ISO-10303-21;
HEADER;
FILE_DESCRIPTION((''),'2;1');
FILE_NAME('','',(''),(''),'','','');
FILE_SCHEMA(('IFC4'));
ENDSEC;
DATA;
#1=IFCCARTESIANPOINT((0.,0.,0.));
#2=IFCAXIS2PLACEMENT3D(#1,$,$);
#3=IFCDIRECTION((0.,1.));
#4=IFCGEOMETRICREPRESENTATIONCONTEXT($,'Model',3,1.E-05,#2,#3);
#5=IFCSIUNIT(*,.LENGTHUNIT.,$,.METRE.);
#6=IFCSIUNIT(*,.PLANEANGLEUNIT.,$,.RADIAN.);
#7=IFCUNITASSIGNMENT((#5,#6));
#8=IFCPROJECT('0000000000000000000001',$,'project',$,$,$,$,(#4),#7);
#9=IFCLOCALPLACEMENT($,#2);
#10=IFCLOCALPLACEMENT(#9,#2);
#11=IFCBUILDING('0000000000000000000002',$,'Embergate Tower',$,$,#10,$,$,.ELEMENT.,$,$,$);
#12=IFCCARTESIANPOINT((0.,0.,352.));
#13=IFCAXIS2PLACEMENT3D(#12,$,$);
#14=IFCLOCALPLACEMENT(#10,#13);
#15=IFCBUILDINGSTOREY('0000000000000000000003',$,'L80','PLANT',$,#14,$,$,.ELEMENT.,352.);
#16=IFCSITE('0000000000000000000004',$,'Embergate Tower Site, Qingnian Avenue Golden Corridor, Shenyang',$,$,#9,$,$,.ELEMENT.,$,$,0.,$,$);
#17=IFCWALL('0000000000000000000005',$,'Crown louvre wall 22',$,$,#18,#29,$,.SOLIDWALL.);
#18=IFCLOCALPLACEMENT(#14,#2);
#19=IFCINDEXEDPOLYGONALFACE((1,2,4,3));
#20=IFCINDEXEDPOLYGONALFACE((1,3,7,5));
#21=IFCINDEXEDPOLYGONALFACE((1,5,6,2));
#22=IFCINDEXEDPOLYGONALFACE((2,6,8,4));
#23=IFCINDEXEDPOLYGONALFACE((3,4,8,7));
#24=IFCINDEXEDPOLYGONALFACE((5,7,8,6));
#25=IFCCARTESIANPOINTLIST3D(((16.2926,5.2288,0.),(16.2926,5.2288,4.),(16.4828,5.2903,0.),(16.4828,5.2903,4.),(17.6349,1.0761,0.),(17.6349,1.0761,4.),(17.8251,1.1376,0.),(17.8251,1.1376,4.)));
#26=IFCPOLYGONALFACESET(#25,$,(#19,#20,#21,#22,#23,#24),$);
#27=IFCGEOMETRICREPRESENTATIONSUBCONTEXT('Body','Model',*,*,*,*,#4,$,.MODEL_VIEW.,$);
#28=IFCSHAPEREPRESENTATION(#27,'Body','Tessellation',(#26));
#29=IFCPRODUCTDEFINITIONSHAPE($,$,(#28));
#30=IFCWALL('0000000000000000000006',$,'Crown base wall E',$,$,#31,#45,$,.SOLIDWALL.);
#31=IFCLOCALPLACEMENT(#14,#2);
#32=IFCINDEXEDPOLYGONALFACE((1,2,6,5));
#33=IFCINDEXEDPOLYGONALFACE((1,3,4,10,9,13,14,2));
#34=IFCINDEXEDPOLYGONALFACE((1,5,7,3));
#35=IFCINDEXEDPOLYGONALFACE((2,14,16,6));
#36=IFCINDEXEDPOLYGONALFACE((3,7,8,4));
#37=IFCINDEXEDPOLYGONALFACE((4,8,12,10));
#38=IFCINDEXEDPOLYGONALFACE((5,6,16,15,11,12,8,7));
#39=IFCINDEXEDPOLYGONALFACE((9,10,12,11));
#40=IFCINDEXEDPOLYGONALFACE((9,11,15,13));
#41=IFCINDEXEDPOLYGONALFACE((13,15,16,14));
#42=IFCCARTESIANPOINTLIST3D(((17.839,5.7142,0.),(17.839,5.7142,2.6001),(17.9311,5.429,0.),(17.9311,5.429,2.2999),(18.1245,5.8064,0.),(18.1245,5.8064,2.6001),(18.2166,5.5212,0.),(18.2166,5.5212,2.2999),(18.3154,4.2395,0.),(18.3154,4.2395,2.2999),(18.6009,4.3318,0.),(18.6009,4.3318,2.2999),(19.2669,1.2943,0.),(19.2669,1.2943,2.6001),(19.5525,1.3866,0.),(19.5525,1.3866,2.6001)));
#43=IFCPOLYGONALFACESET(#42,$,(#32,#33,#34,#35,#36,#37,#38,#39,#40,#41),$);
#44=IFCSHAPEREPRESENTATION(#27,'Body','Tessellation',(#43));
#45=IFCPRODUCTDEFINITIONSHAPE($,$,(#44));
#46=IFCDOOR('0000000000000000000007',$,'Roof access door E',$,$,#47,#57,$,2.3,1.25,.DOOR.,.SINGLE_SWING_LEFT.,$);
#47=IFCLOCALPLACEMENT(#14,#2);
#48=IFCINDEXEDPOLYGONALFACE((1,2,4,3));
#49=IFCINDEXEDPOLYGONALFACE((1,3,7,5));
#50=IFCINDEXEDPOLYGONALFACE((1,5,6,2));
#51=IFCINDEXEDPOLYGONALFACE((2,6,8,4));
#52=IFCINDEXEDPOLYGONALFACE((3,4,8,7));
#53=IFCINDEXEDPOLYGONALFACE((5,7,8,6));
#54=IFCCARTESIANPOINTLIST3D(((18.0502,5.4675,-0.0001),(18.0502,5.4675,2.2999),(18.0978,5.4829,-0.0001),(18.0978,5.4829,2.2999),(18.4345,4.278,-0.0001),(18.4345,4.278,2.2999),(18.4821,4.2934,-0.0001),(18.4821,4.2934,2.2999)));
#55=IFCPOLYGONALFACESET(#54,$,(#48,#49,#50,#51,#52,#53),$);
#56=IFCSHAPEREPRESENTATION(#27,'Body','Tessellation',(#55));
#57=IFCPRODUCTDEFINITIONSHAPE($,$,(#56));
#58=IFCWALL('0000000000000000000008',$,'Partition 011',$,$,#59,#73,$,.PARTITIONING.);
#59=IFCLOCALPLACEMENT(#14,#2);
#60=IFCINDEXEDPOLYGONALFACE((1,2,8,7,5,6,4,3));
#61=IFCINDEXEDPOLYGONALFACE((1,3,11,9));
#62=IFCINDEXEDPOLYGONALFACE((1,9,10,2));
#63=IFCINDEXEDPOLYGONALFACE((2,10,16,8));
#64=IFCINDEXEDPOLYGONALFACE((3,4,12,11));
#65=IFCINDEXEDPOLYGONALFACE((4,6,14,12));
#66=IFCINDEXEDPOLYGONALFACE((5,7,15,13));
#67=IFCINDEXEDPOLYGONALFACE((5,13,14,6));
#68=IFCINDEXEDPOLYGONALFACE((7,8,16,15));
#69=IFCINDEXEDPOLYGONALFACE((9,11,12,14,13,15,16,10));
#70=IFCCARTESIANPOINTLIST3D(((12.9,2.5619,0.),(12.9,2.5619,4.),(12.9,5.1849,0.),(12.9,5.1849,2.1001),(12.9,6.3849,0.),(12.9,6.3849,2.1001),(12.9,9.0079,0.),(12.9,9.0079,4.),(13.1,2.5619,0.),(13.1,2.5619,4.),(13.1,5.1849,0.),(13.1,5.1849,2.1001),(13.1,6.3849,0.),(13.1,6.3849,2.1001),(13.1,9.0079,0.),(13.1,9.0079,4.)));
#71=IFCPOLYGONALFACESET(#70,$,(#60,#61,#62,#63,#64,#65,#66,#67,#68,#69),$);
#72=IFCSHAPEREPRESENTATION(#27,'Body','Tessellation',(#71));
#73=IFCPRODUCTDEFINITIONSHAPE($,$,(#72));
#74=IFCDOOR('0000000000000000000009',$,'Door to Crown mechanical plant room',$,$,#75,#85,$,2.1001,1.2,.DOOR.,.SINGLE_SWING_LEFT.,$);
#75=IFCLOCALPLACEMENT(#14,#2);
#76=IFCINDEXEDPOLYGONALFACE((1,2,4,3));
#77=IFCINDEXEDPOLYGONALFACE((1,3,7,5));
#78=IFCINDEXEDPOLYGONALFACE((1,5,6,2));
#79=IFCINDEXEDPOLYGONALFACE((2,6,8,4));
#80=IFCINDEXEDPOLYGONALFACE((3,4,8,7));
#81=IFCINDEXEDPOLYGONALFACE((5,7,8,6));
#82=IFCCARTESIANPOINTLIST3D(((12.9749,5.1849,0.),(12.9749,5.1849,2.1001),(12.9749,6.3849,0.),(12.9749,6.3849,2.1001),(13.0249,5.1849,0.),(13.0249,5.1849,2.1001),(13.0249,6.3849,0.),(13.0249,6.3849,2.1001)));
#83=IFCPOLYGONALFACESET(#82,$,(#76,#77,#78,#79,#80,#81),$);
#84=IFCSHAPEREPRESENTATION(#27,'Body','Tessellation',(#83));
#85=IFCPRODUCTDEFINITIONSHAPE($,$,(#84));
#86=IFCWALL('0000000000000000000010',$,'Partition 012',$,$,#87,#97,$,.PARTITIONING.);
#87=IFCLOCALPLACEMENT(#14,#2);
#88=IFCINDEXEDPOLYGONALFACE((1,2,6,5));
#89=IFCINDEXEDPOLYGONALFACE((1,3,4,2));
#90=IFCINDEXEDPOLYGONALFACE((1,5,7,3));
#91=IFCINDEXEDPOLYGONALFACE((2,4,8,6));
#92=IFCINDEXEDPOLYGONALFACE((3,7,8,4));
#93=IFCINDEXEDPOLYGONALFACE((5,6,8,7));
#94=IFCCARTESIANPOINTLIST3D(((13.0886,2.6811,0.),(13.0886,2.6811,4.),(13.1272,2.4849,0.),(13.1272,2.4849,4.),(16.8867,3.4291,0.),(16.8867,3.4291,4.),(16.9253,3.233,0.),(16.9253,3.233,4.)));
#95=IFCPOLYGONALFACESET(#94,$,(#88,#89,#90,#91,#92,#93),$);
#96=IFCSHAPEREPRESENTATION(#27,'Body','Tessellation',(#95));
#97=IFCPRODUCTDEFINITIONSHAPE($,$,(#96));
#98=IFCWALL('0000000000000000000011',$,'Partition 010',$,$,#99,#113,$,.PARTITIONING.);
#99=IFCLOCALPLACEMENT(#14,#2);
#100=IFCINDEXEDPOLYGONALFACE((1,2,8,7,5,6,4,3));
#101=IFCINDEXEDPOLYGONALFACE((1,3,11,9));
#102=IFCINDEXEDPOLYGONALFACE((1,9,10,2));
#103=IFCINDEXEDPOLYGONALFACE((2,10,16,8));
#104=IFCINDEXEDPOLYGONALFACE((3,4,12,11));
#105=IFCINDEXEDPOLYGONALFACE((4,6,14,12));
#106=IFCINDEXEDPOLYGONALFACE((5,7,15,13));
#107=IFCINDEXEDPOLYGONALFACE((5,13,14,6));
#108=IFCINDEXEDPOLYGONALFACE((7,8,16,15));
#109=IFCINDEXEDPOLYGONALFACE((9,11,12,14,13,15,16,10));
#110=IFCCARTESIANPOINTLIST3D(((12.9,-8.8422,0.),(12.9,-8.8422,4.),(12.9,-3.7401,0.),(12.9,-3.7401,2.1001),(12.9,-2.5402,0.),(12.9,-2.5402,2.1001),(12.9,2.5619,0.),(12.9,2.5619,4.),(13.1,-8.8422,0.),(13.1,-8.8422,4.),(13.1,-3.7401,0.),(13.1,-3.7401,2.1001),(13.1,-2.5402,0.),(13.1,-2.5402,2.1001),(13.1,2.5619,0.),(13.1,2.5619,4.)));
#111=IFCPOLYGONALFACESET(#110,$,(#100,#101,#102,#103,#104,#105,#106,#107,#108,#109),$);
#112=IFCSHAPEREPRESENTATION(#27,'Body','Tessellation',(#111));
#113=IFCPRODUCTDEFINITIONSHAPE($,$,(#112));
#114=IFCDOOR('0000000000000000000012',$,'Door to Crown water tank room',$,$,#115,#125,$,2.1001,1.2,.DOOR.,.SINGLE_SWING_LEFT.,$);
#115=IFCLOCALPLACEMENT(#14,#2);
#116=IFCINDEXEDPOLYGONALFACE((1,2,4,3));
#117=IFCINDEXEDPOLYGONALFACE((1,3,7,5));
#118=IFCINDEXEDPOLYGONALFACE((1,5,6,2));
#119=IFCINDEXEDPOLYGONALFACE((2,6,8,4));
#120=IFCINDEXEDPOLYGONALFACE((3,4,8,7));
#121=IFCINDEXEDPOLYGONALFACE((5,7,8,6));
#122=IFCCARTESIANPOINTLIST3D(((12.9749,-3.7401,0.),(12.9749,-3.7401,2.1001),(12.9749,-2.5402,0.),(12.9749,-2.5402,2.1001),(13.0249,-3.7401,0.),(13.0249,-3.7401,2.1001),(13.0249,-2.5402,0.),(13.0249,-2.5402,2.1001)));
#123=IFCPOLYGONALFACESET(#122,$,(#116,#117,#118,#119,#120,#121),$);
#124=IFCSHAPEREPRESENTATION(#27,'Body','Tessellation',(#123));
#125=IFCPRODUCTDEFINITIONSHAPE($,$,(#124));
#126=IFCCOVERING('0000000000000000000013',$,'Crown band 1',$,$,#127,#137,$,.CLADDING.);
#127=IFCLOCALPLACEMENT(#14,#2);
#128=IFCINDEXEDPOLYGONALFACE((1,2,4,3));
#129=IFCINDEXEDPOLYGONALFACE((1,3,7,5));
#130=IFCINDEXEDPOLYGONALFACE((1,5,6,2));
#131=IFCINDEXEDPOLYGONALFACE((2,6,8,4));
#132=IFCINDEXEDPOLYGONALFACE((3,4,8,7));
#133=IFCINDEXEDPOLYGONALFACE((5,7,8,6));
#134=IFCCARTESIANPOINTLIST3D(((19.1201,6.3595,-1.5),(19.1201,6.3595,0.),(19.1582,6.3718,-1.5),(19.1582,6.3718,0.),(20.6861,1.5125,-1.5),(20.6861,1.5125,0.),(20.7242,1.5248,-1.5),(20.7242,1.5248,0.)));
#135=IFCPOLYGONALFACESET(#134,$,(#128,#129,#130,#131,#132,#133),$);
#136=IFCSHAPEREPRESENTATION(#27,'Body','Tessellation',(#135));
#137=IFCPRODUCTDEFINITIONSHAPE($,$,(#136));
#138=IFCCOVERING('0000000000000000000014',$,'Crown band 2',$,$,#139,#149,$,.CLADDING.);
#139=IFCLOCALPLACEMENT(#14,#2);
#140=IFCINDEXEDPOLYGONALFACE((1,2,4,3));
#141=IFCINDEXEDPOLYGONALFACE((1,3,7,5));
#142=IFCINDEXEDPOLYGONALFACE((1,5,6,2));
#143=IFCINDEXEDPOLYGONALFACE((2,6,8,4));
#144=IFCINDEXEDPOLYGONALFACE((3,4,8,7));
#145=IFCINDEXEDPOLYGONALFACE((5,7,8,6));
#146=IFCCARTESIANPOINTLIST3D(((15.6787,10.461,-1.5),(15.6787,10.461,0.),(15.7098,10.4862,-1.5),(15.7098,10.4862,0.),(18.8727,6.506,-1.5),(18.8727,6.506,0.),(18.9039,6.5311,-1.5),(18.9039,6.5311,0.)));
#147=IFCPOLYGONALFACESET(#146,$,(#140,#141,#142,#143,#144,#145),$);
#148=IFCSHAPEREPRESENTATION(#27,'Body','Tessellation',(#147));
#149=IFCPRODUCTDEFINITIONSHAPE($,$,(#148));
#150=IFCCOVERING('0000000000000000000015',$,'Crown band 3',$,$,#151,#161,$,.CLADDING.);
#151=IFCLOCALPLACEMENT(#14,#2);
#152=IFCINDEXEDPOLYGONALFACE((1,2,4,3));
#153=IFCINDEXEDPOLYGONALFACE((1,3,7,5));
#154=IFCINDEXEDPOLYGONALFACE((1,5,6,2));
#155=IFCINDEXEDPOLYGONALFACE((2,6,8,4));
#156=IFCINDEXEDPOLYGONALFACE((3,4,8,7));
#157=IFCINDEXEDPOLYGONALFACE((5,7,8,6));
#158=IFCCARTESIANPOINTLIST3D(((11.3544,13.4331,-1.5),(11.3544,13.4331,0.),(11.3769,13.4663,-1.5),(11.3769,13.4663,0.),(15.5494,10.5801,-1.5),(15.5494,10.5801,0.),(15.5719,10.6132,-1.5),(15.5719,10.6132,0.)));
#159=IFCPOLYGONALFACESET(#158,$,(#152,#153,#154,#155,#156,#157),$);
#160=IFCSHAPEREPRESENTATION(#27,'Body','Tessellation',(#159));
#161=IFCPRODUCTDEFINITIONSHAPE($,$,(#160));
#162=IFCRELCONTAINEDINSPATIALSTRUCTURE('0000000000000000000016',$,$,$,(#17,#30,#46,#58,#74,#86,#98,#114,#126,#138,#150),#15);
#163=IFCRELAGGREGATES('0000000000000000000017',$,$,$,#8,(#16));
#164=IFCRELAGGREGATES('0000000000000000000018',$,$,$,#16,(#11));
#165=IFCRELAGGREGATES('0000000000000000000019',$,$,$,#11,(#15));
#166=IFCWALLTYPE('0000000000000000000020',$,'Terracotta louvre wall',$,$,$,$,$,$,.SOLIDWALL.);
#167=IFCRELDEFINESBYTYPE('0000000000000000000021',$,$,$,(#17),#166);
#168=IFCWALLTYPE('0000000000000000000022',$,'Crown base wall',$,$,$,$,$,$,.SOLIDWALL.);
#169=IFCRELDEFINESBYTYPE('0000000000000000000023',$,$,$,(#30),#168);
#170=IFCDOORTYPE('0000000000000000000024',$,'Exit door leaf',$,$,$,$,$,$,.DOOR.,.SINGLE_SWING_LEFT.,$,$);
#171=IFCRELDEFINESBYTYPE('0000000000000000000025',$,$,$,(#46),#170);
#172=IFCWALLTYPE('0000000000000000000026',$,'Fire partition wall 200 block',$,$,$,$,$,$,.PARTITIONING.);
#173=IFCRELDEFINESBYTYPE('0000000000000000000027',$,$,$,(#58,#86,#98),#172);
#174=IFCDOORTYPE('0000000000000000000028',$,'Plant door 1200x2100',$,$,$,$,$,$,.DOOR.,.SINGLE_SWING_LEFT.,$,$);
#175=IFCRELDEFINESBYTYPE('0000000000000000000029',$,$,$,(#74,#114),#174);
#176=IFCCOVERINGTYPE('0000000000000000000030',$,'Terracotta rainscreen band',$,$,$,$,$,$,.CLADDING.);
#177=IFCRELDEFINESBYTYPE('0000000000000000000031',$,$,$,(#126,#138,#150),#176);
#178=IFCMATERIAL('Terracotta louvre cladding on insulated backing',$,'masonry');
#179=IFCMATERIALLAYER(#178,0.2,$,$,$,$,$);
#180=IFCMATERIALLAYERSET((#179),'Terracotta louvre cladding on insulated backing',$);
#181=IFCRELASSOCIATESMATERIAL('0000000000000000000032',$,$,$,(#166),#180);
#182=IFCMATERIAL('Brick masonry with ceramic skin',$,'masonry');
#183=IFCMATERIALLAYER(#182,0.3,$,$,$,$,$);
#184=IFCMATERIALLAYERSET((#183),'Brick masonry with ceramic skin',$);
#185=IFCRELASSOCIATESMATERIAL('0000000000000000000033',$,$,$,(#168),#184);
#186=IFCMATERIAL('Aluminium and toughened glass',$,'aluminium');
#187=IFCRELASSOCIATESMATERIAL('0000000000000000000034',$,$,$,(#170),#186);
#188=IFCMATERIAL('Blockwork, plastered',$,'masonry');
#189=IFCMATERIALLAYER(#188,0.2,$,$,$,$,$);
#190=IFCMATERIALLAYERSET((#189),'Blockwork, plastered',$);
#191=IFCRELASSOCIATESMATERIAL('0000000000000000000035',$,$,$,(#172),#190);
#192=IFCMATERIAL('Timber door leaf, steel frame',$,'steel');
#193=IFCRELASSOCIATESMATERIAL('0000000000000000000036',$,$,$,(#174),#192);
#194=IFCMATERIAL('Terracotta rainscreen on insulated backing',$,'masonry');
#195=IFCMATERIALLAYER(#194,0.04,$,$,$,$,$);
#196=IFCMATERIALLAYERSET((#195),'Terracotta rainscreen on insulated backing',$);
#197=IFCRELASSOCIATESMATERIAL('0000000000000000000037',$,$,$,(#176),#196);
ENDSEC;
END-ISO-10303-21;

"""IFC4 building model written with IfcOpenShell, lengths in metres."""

from ifc_helpers import new_model, si_unit, direction, frame, frame_2d, origin, origin_2d, place, context, subcontext, project, spatial, rectangle, extrude, source, transform, mapped, material, layer, layer_set, type_object, element, fill, save


model = new_model("IFC4")

# Units and contexts
model_context = context("Model", 3, precision=1e-05, world=origin(), true_north=direction((0.0, 1.0)))
body_context = subcontext(model_context, "Body", "Model", "MODEL_VIEW")
ifc_project = project(units=[si_unit("LENGTHUNIT", "METRE"), si_unit("PLANEANGLEUNIT", "RADIAN")], contexts=[model_context])

# Site, building, storey
site_placement = place(None, origin())
site = spatial("IfcSite", under=ifc_project, at=site_placement, Name="Embergate Tower Site, Qingnian Avenue Golden Corridor, Shenyang", CompositionType="ELEMENT", RefElevation=0.0)
building_placement = place(site_placement, origin())
building = spatial("IfcBuilding", under=site, at=building_placement, Name="Embergate Tower", CompositionType="ELEMENT")
storey_placement = place(building_placement, frame((0.0, 0.0, 352.0)))
storey = spatial("IfcBuildingStorey", under=building, at=storey_placement, Name="L80", Description="PLANT", CompositionType="ELEMENT", Elevation=352.0)

# Wall
ifc_material_1 = material(Name="Terracotta louvre cladding on insulated backing", Category="masonry")
ifc_layer_1 = layer(ifc_material_1, 0.2)
ifc_layer_set_1 = layer_set([ifc_layer_1], Name="Terracotta louvre cladding on insulated backing")
wall_type_1 = type_object("IfcWallType", Name="Terracotta louvre wall", PredefinedType="SOLIDWALL", material=ifc_layer_set_1)
shared_shape_1 = source(origin(), body_context, "Body", "SweptSolid", [
    extrude(rectangle(XDim=4.3643, YDim=0.2, at=frame_2d((2.1821, 0.0))), origin(), (0.0, 0.0, 1.0), 4.0),
])
wall_1_placement = place(storey_placement, frame((16.3877, 5.2595, 0.0), z_axis=(0.0, 0.0, 1.0), x_axis=(0.307572, -0.951525, 0.0)))
element("IfcWall", 1, at=wall_1_placement, inside=storey, type_object=wall_type_1, Name="Crown louvre wall 22", PredefinedType="SOLIDWALL", context=body_context, shape_type="MappedRepresentation", body=[
    mapped(shared_shape_1, transform((0.0, 0.0, 0.0))),
])

# Walls, openings, doors
ifc_material_2 = material(Name="Brick masonry with ceramic skin", Category="masonry")
ifc_layer_2 = layer(ifc_material_2, 0.3)
ifc_layer_set_2 = layer_set([ifc_layer_2], Name="Brick masonry with ceramic skin")
wall_type_2 = type_object("IfcWallType", Name="Crown base wall", PredefinedType="SOLIDWALL", material=ifc_layer_set_2)
shared_shape_2 = source(origin(), body_context, "Body", "SweptSolid", [
    extrude(rectangle(XDim=4.6448, YDim=0.3, at=frame_2d((2.3223, 0.0))), origin(), (0.0, 0.0, 1.0), 2.6001),
])
wall_2_placement = place(storey_placement, frame((19.4097, 1.3406, 0.0), z_axis=(0.0, 0.0, 1.0), x_axis=(-0.307431, 0.95157, 0.0)))
wall_2 = element("IfcWall", 2, at=wall_2_placement, inside=storey, type_object=wall_type_2, Name="Crown base wall E", PredefinedType="SOLIDWALL", context=body_context, shape_type="MappedRepresentation", body=[
    mapped(shared_shape_2, transform((0.0, 0.0, 0.0))),
])
shared_shape_3 = source(origin(), body_context, "Body", "SweptSolid", [
    extrude(rectangle(XDim=1.25, YDim=2.3, at=frame_2d((0.625, 1.1499))), frame((0.0, 0.1599, 0.0), z_axis=(0.0, -1.0, 0.0), x_axis=(1.0, 0.0, 0.0)), (0.0, 0.0, 1.0), 0.3201),
])
opening_1_placement = place(wall_2_placement, frame((3.095, 0.0, 0.0)))
opening_1 = element("IfcOpeningElement", 3, at=opening_1_placement, cuts=wall_2, PredefinedType="OPENING", context=body_context, shape_type="MappedRepresentation", body=[
    mapped(shared_shape_3, transform((0.0, 0.0, 0.0))),
])
ifc_material_3 = material(Name="Aluminium and toughened glass", Category="aluminium")
door_type_1 = type_object("IfcDoorType", Name="Exit door leaf", OperationType="SINGLE_SWING_LEFT", PredefinedType="DOOR", material=ifc_material_3)
shared_shape_4 = source(origin(), body_context, "Body", "SweptSolid", [
    extrude(rectangle(XDim=1.25, YDim=2.3, at=frame_2d((0.625, 1.1499))), frame((0.0, 0.0249, 0.0), z_axis=(0.0, -1.0, 0.0), x_axis=(1.0, 0.0, 0.0)), (0.0, 0.0, 1.0), 0.05),
])
door_1_placement = place(opening_1_placement, origin())
door_1 = element("IfcDoor", 4, at=door_1_placement, inside=storey, type_object=door_type_1, Name="Roof access door E", OperationType="SINGLE_SWING_LEFT", OverallHeight=2.3, OverallWidth=1.25, PredefinedType="DOOR", context=body_context, shape_type="MappedRepresentation", body=[
    mapped(shared_shape_4, transform((0.0, 0.0, 0.0))),
])
fill(opening_1, door_1)
ifc_material_4 = material(Name="Blockwork, plastered", Category="masonry")
ifc_layer_3 = layer(ifc_material_4, 0.2)
ifc_layer_set_3 = layer_set([ifc_layer_3], Name="Blockwork, plastered")
wall_type_3 = type_object("IfcWallType", Name="Fire partition wall 200 block", PredefinedType="PARTITIONING", material=ifc_layer_set_3)
shared_shape_5 = source(origin(), body_context, "Body", "SweptSolid", [
    extrude(rectangle(XDim=6.446, YDim=0.2, at=frame_2d((3.2231, 0.0))), origin(), (0.0, 0.0, 1.0), 4.0),
])
wall_3_placement = place(storey_placement, frame((13.0, 9.0081, 0.0), z_axis=(0.0, 0.0, 1.0), x_axis=(0.0, -1.0, 0.0)))
wall_3 = element("IfcWall", 5, at=wall_3_placement, inside=storey, type_object=wall_type_3, Name="Partition 011", PredefinedType="PARTITIONING", context=body_context, shape_type="MappedRepresentation", body=[
    mapped(shared_shape_5, transform((0.0, 0.0, 0.0))),
])
shared_shape_6 = source(origin(), body_context, "Body", "SweptSolid", [
    extrude(rectangle(XDim=1.2, YDim=2.1001, at=frame_2d((0.6001, 1.05))), frame((0.0, 0.1099, 0.0), z_axis=(0.0, -1.0, 0.0), x_axis=(1.0, 0.0, 0.0)), (0.0, 0.0, 1.0), 0.22),
])
opening_2_placement = place(wall_3_placement, frame((2.623, 0.0, 0.0)))
opening_2 = element("IfcOpeningElement", 6, at=opening_2_placement, cuts=wall_3, PredefinedType="OPENING", context=body_context, shape_type="MappedRepresentation", body=[
    mapped(shared_shape_6, transform((0.0, 0.0, 0.0))),
])
ifc_material_5 = material(Name="Timber door leaf, steel frame", Category="steel")
door_type_2 = type_object("IfcDoorType", Name="Plant door 1200x2100", OperationType="SINGLE_SWING_LEFT", PredefinedType="DOOR", material=ifc_material_5)
shared_shape_7 = source(origin(), body_context, "Body", "SweptSolid", [
    extrude(rectangle(XDim=1.2, YDim=2.1001, at=frame_2d((0.6001, 1.05))), frame((0.0, 0.0249, 0.0), z_axis=(0.0, -1.0, 0.0), x_axis=(1.0, 0.0, 0.0)), (0.0, 0.0, 1.0), 0.05),
])
door_2_placement = place(opening_2_placement, origin())
door_2 = element("IfcDoor", 7, at=door_2_placement, inside=storey, type_object=door_type_2, Name="Door to Crown mechanical plant room", OperationType="SINGLE_SWING_LEFT", OverallHeight=2.1001, OverallWidth=1.2, PredefinedType="DOOR", context=body_context, shape_type="MappedRepresentation", body=[
    mapped(shared_shape_7, transform((0.0, 0.0, 0.0))),
])
fill(opening_2, door_2)

# Wall
shared_shape_8 = source(origin(), body_context, "Body", "SweptSolid", [
    extrude(rectangle(XDim=3.8711, YDim=0.2, at=frame_2d((1.9355, 0.0))), origin(), (0.0, 0.0, 1.0), 4.0),
])
wall_4_placement = place(storey_placement, frame((16.906, 3.3311, 0.0), z_axis=(0.0, 0.0, 1.0), x_axis=(-0.981151, -0.193241, 0.0)))
element("IfcWall", 8, at=wall_4_placement, inside=storey, type_object=wall_type_3, Name="Partition 012", PredefinedType="PARTITIONING", context=body_context, shape_type="MappedRepresentation", body=[
    mapped(shared_shape_8, transform((0.0, 0.0, 0.0))),
])

# Wall, opening, door
shared_shape_9 = source(origin(), body_context, "Body", "SweptSolid", [
    extrude(rectangle(XDim=11.4041, YDim=0.2, at=frame_2d((5.7021, 0.0))), origin(), (0.0, 0.0, 1.0), 4.0),
])
wall_5_placement = place(storey_placement, frame((13.0, 2.562, 0.0), z_axis=(0.0, 0.0, 1.0), x_axis=(0.0, -1.0, 0.0)))
wall_5 = element("IfcWall", 9, at=wall_5_placement, inside=storey, type_object=wall_type_3, Name="Partition 010", PredefinedType="PARTITIONING", context=body_context, shape_type="MappedRepresentation", body=[
    mapped(shared_shape_9, transform((0.0, 0.0, 0.0))),
])
opening_3_placement = place(wall_5_placement, frame((5.1021, 0.0, 0.0)))
opening_3 = element("IfcOpeningElement", 10, at=opening_3_placement, cuts=wall_5, PredefinedType="OPENING", context=body_context, shape_type="MappedRepresentation", body=[
    mapped(shared_shape_6, transform((0.0, 0.0, 0.0))),
])
door_3_placement = place(opening_3_placement, origin())
door_3 = element("IfcDoor", 11, at=door_3_placement, inside=storey, type_object=door_type_2, Name="Door to Crown water tank room", OperationType="SINGLE_SWING_LEFT", OverallHeight=2.1001, OverallWidth=1.2, PredefinedType="DOOR", context=body_context, shape_type="MappedRepresentation", body=[
    mapped(shared_shape_7, transform((0.0, 0.0, 0.0))),
])
fill(opening_3, door_3)

# Coverings
ifc_material_6 = material(Name="Terracotta rainscreen on insulated backing", Category="masonry")
ifc_layer_4 = layer(ifc_material_6, 0.04)
ifc_layer_set_4 = layer_set([ifc_layer_4], Name="Terracotta rainscreen on insulated backing")
covering_type_1 = type_object("IfcCoveringType", Name="Terracotta rainscreen band", PredefinedType="CLADDING", material=ifc_layer_set_4)
shared_shape_10 = source(origin(), body_context, "Body", "SweptSolid", [
    extrude(rectangle(XDim=5.0938, YDim=0.04, at=origin_2d()), origin(), (0.0, 0.0, 1.0), 1.5),
])
covering_1_placement = place(storey_placement, frame((19.9221, 3.9421, -1.5), z_axis=(0.0, 0.0, 1.0), x_axis=(-0.307438, 0.951568, 0.0)))
element("IfcCovering", 12, at=covering_1_placement, inside=storey, type_object=covering_type_1, Name="Crown band 1", PredefinedType="CLADDING", context=body_context, shape_type="MappedRepresentation", body=[
    mapped(shared_shape_10, transform((0.0, 0.0, 0.0))),
])
shared_shape_11 = source(origin(), body_context, "Body", "SweptSolid", [
    extrude(rectangle(XDim=5.0837, YDim=0.04, at=origin_2d()), origin(), (0.0, 0.0, 1.0), 1.5),
])
covering_2_placement = place(storey_placement, frame((17.2913, 8.4961, -1.5), z_axis=(0.0, 0.0, 1.0), x_axis=(-0.628286, 0.777982, 0.0)))
element("IfcCovering", 13, at=covering_2_placement, inside=storey, type_object=covering_type_1, Name="Crown band 2", PredefinedType="CLADDING", context=body_context, shape_type="MappedRepresentation", body=[
    mapped(shared_shape_11, transform((0.0, 0.0, 0.0))),
])
shared_shape_12 = source(origin(), body_context, "Body", "SweptSolid", [
    extrude(rectangle(XDim=5.0732, YDim=0.04, at=origin_2d()), origin(), (0.0, 0.0, 1.0), 1.5),
])
covering_3_placement = place(storey_placement, frame((13.4631, 12.0232, -1.5), z_axis=(0.0, 0.0, 1.0), x_axis=(-0.82689, 0.562363, 0.0)))
element("IfcCovering", 14, at=covering_3_placement, inside=storey, type_object=covering_type_1, Name="Crown band 3", PredefinedType="CLADDING", context=body_context, shape_type="MappedRepresentation", body=[
    mapped(shared_shape_12, transform((0.0, 0.0, 0.0))),
])

save(model, "model.ifc")
